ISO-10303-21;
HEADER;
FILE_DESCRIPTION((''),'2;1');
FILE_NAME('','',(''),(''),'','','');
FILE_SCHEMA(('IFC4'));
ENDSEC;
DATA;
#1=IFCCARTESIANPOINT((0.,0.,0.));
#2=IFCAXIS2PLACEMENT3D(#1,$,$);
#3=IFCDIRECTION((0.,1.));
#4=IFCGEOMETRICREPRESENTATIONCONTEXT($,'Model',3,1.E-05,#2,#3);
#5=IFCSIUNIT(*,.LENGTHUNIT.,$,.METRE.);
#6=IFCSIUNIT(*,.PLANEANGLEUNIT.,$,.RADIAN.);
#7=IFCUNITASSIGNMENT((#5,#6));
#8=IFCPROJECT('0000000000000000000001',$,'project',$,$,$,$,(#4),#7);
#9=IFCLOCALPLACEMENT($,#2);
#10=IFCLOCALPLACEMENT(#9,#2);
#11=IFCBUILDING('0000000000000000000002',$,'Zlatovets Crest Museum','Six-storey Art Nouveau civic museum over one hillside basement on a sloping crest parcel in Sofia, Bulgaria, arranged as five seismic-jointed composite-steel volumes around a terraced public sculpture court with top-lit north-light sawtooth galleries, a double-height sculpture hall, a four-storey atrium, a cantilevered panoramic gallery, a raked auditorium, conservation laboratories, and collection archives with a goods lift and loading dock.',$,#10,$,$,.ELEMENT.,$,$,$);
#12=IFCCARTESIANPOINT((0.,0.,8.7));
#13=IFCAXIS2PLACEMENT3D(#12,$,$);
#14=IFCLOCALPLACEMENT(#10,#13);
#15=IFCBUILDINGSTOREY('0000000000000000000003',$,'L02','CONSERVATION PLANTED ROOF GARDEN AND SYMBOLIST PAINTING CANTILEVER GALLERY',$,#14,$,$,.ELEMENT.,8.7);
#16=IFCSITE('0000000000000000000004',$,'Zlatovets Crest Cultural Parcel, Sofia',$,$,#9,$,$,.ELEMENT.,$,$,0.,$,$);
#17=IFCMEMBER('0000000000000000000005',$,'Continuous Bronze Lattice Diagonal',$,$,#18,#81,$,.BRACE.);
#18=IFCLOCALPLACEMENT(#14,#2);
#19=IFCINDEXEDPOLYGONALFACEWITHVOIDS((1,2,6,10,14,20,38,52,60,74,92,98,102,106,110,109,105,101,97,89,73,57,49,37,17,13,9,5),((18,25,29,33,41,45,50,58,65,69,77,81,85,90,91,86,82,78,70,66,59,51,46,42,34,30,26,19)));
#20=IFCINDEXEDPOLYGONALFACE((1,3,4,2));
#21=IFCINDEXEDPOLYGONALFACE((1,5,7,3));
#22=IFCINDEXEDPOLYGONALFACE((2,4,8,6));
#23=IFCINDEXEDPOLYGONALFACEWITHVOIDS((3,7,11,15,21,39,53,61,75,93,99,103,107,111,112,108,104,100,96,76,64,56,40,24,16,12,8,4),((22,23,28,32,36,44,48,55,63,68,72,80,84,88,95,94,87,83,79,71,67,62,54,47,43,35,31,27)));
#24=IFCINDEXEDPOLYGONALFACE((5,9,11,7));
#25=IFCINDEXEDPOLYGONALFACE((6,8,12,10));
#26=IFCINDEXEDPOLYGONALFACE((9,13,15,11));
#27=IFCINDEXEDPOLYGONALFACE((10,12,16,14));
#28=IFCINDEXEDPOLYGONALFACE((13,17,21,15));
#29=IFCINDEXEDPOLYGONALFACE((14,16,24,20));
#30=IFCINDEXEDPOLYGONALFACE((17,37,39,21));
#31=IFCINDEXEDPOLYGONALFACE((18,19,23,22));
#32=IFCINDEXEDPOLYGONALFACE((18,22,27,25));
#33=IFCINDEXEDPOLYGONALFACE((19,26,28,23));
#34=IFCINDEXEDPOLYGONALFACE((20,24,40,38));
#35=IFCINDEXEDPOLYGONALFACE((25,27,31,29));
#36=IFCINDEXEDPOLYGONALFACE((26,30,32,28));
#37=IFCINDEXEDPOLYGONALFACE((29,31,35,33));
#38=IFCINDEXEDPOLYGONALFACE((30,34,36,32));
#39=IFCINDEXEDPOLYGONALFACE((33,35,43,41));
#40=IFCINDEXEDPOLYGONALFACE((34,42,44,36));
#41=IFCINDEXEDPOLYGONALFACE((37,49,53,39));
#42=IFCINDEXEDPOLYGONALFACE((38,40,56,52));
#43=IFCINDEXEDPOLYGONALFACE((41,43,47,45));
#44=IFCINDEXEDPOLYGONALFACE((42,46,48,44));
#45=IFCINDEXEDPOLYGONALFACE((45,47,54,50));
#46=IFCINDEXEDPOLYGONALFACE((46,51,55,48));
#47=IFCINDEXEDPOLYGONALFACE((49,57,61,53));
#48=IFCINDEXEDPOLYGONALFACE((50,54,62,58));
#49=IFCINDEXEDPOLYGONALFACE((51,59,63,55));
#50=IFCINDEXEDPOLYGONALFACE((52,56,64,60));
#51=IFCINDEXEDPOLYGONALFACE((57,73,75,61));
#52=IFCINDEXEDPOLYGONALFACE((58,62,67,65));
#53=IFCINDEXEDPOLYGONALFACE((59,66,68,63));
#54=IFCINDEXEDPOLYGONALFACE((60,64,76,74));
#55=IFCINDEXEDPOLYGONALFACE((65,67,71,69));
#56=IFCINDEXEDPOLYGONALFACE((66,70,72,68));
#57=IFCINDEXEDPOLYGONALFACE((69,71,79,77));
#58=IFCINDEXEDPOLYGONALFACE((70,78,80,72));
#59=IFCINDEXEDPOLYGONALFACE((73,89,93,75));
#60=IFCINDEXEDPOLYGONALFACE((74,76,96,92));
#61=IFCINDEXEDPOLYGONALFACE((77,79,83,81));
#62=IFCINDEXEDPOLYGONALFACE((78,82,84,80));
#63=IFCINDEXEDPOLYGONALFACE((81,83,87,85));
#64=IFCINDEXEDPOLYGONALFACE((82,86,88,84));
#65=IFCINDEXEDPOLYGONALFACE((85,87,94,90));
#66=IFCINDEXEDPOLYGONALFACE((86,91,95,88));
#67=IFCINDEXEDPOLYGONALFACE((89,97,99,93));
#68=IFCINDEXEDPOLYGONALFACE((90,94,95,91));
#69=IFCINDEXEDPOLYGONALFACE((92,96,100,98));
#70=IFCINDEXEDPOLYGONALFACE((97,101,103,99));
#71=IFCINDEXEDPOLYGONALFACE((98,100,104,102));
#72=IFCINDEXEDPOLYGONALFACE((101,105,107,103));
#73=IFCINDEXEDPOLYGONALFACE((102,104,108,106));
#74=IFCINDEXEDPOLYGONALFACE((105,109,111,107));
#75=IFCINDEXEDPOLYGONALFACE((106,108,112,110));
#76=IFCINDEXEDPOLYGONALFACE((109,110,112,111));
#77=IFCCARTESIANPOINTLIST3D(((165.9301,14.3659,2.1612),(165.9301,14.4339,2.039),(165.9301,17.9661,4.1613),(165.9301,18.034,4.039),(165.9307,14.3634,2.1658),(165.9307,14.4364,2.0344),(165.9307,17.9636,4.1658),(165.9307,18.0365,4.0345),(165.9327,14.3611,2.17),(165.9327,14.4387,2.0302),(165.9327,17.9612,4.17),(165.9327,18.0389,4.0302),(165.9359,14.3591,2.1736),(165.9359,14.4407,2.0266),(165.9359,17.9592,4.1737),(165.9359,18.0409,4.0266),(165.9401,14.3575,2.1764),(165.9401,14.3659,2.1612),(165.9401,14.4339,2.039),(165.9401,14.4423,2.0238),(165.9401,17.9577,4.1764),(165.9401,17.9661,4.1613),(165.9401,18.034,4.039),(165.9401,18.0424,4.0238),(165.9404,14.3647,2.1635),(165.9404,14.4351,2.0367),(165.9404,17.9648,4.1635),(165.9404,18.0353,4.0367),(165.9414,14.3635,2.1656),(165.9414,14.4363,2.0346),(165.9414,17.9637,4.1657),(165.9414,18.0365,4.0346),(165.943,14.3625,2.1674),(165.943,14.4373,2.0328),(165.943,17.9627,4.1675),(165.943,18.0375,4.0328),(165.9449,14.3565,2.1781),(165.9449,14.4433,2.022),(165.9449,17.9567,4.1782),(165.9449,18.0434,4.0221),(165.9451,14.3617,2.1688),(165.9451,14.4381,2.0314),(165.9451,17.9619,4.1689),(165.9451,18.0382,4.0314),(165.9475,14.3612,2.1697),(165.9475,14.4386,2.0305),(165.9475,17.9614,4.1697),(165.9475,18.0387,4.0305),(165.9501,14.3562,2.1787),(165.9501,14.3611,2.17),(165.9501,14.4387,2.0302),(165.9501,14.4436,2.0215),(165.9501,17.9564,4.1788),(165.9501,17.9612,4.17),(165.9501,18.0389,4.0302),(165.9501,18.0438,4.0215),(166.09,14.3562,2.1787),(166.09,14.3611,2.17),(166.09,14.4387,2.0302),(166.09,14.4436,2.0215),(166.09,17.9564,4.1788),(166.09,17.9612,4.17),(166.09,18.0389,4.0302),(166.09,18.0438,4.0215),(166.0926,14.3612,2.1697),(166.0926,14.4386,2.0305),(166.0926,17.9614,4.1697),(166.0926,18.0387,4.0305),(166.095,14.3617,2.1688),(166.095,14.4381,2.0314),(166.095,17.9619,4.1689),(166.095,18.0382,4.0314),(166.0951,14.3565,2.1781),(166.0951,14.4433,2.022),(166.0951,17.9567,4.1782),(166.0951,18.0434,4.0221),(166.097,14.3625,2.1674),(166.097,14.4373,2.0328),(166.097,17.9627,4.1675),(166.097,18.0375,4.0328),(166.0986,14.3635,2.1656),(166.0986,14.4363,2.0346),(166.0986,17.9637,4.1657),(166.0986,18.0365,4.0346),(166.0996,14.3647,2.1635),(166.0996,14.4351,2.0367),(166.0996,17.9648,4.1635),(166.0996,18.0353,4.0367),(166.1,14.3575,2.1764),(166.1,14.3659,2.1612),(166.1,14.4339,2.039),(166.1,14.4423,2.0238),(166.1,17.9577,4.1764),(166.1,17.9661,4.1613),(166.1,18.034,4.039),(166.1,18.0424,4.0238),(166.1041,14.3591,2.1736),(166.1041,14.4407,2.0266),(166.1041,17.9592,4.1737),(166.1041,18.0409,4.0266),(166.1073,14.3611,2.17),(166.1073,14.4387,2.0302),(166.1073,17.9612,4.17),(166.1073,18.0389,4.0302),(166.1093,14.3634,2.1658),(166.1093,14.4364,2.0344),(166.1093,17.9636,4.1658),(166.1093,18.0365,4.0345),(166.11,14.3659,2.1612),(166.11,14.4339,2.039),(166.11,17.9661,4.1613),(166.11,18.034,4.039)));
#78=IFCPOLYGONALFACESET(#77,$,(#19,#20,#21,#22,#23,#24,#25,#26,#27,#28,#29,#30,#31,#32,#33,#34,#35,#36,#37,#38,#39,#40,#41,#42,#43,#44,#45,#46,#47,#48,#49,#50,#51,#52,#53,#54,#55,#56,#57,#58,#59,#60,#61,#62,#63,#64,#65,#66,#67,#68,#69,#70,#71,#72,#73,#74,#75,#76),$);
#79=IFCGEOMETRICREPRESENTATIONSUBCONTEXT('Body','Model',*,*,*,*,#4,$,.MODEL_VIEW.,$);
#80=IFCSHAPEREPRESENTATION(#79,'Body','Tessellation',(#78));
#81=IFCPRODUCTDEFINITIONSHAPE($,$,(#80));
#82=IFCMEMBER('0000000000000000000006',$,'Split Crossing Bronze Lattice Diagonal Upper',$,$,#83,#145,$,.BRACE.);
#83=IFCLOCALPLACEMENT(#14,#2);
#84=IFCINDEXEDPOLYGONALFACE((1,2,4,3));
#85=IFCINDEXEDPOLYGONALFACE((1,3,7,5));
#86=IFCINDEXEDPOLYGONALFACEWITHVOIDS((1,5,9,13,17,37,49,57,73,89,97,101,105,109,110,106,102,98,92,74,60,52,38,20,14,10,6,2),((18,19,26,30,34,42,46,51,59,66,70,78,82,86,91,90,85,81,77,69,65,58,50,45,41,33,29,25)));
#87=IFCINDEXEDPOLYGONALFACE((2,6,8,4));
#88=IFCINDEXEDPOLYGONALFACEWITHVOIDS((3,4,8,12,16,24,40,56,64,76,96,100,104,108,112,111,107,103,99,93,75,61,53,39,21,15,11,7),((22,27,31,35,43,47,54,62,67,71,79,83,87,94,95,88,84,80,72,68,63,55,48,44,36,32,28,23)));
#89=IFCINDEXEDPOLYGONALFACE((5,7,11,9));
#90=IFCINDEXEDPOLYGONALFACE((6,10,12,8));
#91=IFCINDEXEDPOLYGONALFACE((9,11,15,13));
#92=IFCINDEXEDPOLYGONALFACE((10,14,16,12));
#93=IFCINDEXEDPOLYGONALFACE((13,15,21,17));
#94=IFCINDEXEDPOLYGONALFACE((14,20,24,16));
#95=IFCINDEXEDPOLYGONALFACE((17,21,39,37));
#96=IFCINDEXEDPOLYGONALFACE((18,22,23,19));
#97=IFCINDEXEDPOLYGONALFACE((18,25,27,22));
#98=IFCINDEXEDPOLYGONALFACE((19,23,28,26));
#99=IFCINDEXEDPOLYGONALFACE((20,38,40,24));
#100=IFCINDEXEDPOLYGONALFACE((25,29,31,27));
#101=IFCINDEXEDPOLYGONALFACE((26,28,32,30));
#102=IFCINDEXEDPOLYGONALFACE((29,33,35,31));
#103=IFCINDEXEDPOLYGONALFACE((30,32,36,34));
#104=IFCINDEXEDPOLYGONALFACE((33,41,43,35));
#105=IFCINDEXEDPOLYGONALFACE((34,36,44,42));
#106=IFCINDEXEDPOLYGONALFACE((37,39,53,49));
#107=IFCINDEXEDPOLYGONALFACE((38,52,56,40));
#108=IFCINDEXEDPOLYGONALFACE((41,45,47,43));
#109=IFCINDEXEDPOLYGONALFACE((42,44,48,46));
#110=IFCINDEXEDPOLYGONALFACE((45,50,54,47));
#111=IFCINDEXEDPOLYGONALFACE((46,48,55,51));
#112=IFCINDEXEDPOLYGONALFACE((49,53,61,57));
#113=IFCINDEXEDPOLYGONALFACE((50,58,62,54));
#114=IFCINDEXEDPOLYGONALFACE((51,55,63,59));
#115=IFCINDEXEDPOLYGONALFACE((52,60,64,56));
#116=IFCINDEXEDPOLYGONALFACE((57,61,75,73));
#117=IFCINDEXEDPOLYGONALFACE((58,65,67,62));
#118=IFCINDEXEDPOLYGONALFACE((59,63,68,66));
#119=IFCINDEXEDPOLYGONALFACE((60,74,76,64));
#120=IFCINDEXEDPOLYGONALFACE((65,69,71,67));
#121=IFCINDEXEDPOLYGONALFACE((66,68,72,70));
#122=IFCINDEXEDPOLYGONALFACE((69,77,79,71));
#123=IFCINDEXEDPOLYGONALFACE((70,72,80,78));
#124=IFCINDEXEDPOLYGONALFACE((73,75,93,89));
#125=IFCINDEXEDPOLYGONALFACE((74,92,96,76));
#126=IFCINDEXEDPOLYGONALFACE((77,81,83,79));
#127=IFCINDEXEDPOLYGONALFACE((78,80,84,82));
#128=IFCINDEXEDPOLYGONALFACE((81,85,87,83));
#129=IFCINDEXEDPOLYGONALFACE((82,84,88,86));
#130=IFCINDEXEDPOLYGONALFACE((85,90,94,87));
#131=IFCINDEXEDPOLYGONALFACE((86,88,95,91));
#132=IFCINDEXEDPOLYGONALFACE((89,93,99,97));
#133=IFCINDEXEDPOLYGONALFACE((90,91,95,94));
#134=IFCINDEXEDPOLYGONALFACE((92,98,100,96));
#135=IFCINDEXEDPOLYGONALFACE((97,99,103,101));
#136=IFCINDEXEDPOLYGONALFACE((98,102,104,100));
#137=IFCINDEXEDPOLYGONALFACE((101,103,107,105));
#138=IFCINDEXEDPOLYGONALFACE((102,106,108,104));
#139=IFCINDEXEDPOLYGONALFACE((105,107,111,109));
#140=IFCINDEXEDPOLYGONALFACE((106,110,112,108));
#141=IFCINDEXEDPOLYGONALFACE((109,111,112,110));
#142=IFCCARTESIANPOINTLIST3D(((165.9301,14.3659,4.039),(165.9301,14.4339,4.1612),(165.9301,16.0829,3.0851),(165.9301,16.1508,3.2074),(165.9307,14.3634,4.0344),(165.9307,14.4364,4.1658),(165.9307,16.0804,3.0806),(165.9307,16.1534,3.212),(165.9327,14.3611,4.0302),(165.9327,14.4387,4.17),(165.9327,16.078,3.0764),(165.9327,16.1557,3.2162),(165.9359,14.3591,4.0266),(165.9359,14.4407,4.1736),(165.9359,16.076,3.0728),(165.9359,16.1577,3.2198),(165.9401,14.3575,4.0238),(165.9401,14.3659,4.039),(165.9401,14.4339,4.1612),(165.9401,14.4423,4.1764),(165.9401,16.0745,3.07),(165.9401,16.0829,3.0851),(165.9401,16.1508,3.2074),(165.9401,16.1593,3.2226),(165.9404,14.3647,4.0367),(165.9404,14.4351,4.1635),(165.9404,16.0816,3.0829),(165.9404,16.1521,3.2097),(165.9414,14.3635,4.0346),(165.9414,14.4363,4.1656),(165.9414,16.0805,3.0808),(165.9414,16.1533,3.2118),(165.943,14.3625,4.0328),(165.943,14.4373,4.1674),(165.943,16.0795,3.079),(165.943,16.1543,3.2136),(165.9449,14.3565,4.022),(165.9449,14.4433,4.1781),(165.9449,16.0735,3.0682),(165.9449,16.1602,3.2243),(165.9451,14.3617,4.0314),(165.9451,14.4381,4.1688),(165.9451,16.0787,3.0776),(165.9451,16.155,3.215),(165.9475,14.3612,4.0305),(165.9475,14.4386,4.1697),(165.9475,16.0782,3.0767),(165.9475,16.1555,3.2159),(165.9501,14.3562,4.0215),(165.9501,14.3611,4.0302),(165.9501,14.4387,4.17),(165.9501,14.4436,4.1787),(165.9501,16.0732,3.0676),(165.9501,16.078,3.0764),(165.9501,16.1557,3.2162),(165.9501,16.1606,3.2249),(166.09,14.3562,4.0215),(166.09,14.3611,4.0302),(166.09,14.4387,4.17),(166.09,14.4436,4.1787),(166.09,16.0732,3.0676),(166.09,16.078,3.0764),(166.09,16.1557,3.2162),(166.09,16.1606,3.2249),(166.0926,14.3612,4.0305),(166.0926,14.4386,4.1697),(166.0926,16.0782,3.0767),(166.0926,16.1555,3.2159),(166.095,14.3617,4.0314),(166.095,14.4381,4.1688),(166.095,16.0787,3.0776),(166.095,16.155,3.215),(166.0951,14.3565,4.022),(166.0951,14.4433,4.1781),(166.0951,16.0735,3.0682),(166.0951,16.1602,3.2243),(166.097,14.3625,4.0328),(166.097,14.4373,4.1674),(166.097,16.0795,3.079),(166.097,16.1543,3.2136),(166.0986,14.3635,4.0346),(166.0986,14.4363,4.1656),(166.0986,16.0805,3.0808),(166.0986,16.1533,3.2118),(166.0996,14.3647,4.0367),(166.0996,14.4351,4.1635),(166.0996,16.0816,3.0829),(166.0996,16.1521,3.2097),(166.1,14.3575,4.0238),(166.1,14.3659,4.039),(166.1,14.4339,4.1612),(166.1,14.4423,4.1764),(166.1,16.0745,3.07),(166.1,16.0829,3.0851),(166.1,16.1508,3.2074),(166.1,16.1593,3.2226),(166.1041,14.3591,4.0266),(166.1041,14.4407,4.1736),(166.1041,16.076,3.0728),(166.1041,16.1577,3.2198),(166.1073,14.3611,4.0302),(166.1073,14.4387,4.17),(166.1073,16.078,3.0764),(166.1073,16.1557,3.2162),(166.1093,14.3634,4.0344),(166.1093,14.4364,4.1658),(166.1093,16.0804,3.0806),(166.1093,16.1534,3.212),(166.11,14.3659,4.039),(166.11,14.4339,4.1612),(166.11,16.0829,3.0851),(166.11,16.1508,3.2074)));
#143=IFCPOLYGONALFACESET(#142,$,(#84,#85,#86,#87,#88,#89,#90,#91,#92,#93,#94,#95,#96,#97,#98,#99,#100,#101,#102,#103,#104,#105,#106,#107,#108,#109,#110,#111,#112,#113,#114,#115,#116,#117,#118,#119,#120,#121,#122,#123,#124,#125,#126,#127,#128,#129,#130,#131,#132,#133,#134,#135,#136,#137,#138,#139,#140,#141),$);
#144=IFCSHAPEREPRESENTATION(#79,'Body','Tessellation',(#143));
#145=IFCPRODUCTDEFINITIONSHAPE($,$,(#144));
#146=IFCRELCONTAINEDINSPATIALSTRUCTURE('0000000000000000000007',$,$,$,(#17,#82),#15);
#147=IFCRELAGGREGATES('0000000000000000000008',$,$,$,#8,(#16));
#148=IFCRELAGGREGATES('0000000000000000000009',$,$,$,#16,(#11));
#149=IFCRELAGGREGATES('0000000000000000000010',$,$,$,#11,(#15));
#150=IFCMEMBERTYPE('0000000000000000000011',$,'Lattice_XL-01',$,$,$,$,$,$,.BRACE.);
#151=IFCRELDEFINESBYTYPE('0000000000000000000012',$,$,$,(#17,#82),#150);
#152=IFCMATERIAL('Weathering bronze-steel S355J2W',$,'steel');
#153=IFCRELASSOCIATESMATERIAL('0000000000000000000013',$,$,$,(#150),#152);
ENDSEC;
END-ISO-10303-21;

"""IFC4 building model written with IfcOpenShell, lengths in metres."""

from ifc_helpers import new_model, si_unit, direction, frame, origin, origin_2d, place, context, subcontext, project, spatial, hollow_rectangle, extrude, material, material_profile, profile_set, type_object, element, save


model = new_model("IFC4")

# Units and contexts
model_context = context("Model", 3, precision=1e-05, world=origin(), true_north=direction((0.0, 1.0)))
body_context = subcontext(model_context, "Body", "Model", "MODEL_VIEW")
ifc_project = project(units=[si_unit("LENGTHUNIT", "METRE"), si_unit("PLANEANGLEUNIT", "RADIAN")], contexts=[model_context])

# Site, building, storey
site_placement = place(None, origin())
site = spatial("IfcSite", under=ifc_project, at=site_placement, Name="Zlatovets Crest Cultural Parcel, Sofia", CompositionType="ELEMENT", RefElevation=0.0)
building_placement = place(site_placement, origin())
building = spatial("IfcBuilding", under=site, at=building_placement, Name="Zlatovets Crest Museum", Description="Six-storey Art Nouveau civic museum over one hillside basement on a sloping crest parcel in Sofia, Bulgaria, arranged as five seismic-jointed composite-steel volumes around a terraced public sculpture court with top-lit north-light sawtooth galleries, a double-height sculpture hall, a four-storey atrium, a cantilevered panoramic gallery, a raked auditorium, conservation laboratories, and collection archives with a goods lift and loading dock.", CompositionType="ELEMENT")
storey_placement = place(building_placement, frame((0.0, 0.0, 8.7)))
storey = spatial("IfcBuildingStorey", under=building, at=storey_placement, Name="L02", Description="CONSERVATION PLANTED ROOF GARDEN AND SYMBOLIST PAINTING CANTILEVER GALLERY", CompositionType="ELEMENT", Elevation=8.7)

# Members
ifc_material_1 = material(Name="Weathering bronze-steel S355J2W", Category="steel")
ifc_material_profile_1 = material_profile(ifc_material_1, hollow_rectangle(XDim=0.1799, YDim=0.1799, WallThickness=0.01, InnerFilletRadius=0.01, OuterFilletRadius=0.02, at=origin_2d()), Name="SHS 180x180x10.0")
ifc_profile_set_1 = profile_set([ifc_material_profile_1], Name="Weathering bronze-steel S355J2W")
member_type_1 = type_object("IfcMemberType", Name="Lattice_XL-01", PredefinedType="BRACE", material=ifc_profile_set_1)
member_1_placement = place(storey_placement, frame((166.02, 14.3999, 2.1001), z_axis=(0.0, 0.874163, 0.485633), x_axis=(-1.0, 0.0, 0.0)))
element("IfcMember", 1, at=member_1_placement, inside=storey, type_object=member_type_1, Name="Continuous Bronze Lattice Diagonal", PredefinedType="BRACE", context=body_context, shape_type="SweptSolid", body=[
    extrude(hollow_rectangle(XDim=0.1799, YDim=0.1799, WallThickness=0.01, InnerFilletRadius=0.01, OuterFilletRadius=0.02, at=origin_2d()), origin(), (0.0, 0.0, 1.0), 4.1184),
])
for number, where, z_axis, x_axis, name in (
    (2, (166.02, 14.3999, 4.1001), (0.0, 0.874169, -0.485622), (-1.0, 0.0, 0.0), "Split Crossing Bronze Lattice Diagonal Upper"),
):
    element("IfcMember", number, at=place(storey_placement, frame(where, z_axis=z_axis, x_axis=x_axis)), inside=storey, type_object=member_type_1, Name=name, PredefinedType="BRACE", context=body_context, shape_type="SweptSolid", body=[
        extrude(hollow_rectangle(XDim=0.1799, YDim=0.1799, WallThickness=0.01, InnerFilletRadius=0.01, OuterFilletRadius=0.02, at=origin_2d()), origin(), (0.0, 0.0, 1.0), 1.9641),
    ])

save(model, "model.ifc")
